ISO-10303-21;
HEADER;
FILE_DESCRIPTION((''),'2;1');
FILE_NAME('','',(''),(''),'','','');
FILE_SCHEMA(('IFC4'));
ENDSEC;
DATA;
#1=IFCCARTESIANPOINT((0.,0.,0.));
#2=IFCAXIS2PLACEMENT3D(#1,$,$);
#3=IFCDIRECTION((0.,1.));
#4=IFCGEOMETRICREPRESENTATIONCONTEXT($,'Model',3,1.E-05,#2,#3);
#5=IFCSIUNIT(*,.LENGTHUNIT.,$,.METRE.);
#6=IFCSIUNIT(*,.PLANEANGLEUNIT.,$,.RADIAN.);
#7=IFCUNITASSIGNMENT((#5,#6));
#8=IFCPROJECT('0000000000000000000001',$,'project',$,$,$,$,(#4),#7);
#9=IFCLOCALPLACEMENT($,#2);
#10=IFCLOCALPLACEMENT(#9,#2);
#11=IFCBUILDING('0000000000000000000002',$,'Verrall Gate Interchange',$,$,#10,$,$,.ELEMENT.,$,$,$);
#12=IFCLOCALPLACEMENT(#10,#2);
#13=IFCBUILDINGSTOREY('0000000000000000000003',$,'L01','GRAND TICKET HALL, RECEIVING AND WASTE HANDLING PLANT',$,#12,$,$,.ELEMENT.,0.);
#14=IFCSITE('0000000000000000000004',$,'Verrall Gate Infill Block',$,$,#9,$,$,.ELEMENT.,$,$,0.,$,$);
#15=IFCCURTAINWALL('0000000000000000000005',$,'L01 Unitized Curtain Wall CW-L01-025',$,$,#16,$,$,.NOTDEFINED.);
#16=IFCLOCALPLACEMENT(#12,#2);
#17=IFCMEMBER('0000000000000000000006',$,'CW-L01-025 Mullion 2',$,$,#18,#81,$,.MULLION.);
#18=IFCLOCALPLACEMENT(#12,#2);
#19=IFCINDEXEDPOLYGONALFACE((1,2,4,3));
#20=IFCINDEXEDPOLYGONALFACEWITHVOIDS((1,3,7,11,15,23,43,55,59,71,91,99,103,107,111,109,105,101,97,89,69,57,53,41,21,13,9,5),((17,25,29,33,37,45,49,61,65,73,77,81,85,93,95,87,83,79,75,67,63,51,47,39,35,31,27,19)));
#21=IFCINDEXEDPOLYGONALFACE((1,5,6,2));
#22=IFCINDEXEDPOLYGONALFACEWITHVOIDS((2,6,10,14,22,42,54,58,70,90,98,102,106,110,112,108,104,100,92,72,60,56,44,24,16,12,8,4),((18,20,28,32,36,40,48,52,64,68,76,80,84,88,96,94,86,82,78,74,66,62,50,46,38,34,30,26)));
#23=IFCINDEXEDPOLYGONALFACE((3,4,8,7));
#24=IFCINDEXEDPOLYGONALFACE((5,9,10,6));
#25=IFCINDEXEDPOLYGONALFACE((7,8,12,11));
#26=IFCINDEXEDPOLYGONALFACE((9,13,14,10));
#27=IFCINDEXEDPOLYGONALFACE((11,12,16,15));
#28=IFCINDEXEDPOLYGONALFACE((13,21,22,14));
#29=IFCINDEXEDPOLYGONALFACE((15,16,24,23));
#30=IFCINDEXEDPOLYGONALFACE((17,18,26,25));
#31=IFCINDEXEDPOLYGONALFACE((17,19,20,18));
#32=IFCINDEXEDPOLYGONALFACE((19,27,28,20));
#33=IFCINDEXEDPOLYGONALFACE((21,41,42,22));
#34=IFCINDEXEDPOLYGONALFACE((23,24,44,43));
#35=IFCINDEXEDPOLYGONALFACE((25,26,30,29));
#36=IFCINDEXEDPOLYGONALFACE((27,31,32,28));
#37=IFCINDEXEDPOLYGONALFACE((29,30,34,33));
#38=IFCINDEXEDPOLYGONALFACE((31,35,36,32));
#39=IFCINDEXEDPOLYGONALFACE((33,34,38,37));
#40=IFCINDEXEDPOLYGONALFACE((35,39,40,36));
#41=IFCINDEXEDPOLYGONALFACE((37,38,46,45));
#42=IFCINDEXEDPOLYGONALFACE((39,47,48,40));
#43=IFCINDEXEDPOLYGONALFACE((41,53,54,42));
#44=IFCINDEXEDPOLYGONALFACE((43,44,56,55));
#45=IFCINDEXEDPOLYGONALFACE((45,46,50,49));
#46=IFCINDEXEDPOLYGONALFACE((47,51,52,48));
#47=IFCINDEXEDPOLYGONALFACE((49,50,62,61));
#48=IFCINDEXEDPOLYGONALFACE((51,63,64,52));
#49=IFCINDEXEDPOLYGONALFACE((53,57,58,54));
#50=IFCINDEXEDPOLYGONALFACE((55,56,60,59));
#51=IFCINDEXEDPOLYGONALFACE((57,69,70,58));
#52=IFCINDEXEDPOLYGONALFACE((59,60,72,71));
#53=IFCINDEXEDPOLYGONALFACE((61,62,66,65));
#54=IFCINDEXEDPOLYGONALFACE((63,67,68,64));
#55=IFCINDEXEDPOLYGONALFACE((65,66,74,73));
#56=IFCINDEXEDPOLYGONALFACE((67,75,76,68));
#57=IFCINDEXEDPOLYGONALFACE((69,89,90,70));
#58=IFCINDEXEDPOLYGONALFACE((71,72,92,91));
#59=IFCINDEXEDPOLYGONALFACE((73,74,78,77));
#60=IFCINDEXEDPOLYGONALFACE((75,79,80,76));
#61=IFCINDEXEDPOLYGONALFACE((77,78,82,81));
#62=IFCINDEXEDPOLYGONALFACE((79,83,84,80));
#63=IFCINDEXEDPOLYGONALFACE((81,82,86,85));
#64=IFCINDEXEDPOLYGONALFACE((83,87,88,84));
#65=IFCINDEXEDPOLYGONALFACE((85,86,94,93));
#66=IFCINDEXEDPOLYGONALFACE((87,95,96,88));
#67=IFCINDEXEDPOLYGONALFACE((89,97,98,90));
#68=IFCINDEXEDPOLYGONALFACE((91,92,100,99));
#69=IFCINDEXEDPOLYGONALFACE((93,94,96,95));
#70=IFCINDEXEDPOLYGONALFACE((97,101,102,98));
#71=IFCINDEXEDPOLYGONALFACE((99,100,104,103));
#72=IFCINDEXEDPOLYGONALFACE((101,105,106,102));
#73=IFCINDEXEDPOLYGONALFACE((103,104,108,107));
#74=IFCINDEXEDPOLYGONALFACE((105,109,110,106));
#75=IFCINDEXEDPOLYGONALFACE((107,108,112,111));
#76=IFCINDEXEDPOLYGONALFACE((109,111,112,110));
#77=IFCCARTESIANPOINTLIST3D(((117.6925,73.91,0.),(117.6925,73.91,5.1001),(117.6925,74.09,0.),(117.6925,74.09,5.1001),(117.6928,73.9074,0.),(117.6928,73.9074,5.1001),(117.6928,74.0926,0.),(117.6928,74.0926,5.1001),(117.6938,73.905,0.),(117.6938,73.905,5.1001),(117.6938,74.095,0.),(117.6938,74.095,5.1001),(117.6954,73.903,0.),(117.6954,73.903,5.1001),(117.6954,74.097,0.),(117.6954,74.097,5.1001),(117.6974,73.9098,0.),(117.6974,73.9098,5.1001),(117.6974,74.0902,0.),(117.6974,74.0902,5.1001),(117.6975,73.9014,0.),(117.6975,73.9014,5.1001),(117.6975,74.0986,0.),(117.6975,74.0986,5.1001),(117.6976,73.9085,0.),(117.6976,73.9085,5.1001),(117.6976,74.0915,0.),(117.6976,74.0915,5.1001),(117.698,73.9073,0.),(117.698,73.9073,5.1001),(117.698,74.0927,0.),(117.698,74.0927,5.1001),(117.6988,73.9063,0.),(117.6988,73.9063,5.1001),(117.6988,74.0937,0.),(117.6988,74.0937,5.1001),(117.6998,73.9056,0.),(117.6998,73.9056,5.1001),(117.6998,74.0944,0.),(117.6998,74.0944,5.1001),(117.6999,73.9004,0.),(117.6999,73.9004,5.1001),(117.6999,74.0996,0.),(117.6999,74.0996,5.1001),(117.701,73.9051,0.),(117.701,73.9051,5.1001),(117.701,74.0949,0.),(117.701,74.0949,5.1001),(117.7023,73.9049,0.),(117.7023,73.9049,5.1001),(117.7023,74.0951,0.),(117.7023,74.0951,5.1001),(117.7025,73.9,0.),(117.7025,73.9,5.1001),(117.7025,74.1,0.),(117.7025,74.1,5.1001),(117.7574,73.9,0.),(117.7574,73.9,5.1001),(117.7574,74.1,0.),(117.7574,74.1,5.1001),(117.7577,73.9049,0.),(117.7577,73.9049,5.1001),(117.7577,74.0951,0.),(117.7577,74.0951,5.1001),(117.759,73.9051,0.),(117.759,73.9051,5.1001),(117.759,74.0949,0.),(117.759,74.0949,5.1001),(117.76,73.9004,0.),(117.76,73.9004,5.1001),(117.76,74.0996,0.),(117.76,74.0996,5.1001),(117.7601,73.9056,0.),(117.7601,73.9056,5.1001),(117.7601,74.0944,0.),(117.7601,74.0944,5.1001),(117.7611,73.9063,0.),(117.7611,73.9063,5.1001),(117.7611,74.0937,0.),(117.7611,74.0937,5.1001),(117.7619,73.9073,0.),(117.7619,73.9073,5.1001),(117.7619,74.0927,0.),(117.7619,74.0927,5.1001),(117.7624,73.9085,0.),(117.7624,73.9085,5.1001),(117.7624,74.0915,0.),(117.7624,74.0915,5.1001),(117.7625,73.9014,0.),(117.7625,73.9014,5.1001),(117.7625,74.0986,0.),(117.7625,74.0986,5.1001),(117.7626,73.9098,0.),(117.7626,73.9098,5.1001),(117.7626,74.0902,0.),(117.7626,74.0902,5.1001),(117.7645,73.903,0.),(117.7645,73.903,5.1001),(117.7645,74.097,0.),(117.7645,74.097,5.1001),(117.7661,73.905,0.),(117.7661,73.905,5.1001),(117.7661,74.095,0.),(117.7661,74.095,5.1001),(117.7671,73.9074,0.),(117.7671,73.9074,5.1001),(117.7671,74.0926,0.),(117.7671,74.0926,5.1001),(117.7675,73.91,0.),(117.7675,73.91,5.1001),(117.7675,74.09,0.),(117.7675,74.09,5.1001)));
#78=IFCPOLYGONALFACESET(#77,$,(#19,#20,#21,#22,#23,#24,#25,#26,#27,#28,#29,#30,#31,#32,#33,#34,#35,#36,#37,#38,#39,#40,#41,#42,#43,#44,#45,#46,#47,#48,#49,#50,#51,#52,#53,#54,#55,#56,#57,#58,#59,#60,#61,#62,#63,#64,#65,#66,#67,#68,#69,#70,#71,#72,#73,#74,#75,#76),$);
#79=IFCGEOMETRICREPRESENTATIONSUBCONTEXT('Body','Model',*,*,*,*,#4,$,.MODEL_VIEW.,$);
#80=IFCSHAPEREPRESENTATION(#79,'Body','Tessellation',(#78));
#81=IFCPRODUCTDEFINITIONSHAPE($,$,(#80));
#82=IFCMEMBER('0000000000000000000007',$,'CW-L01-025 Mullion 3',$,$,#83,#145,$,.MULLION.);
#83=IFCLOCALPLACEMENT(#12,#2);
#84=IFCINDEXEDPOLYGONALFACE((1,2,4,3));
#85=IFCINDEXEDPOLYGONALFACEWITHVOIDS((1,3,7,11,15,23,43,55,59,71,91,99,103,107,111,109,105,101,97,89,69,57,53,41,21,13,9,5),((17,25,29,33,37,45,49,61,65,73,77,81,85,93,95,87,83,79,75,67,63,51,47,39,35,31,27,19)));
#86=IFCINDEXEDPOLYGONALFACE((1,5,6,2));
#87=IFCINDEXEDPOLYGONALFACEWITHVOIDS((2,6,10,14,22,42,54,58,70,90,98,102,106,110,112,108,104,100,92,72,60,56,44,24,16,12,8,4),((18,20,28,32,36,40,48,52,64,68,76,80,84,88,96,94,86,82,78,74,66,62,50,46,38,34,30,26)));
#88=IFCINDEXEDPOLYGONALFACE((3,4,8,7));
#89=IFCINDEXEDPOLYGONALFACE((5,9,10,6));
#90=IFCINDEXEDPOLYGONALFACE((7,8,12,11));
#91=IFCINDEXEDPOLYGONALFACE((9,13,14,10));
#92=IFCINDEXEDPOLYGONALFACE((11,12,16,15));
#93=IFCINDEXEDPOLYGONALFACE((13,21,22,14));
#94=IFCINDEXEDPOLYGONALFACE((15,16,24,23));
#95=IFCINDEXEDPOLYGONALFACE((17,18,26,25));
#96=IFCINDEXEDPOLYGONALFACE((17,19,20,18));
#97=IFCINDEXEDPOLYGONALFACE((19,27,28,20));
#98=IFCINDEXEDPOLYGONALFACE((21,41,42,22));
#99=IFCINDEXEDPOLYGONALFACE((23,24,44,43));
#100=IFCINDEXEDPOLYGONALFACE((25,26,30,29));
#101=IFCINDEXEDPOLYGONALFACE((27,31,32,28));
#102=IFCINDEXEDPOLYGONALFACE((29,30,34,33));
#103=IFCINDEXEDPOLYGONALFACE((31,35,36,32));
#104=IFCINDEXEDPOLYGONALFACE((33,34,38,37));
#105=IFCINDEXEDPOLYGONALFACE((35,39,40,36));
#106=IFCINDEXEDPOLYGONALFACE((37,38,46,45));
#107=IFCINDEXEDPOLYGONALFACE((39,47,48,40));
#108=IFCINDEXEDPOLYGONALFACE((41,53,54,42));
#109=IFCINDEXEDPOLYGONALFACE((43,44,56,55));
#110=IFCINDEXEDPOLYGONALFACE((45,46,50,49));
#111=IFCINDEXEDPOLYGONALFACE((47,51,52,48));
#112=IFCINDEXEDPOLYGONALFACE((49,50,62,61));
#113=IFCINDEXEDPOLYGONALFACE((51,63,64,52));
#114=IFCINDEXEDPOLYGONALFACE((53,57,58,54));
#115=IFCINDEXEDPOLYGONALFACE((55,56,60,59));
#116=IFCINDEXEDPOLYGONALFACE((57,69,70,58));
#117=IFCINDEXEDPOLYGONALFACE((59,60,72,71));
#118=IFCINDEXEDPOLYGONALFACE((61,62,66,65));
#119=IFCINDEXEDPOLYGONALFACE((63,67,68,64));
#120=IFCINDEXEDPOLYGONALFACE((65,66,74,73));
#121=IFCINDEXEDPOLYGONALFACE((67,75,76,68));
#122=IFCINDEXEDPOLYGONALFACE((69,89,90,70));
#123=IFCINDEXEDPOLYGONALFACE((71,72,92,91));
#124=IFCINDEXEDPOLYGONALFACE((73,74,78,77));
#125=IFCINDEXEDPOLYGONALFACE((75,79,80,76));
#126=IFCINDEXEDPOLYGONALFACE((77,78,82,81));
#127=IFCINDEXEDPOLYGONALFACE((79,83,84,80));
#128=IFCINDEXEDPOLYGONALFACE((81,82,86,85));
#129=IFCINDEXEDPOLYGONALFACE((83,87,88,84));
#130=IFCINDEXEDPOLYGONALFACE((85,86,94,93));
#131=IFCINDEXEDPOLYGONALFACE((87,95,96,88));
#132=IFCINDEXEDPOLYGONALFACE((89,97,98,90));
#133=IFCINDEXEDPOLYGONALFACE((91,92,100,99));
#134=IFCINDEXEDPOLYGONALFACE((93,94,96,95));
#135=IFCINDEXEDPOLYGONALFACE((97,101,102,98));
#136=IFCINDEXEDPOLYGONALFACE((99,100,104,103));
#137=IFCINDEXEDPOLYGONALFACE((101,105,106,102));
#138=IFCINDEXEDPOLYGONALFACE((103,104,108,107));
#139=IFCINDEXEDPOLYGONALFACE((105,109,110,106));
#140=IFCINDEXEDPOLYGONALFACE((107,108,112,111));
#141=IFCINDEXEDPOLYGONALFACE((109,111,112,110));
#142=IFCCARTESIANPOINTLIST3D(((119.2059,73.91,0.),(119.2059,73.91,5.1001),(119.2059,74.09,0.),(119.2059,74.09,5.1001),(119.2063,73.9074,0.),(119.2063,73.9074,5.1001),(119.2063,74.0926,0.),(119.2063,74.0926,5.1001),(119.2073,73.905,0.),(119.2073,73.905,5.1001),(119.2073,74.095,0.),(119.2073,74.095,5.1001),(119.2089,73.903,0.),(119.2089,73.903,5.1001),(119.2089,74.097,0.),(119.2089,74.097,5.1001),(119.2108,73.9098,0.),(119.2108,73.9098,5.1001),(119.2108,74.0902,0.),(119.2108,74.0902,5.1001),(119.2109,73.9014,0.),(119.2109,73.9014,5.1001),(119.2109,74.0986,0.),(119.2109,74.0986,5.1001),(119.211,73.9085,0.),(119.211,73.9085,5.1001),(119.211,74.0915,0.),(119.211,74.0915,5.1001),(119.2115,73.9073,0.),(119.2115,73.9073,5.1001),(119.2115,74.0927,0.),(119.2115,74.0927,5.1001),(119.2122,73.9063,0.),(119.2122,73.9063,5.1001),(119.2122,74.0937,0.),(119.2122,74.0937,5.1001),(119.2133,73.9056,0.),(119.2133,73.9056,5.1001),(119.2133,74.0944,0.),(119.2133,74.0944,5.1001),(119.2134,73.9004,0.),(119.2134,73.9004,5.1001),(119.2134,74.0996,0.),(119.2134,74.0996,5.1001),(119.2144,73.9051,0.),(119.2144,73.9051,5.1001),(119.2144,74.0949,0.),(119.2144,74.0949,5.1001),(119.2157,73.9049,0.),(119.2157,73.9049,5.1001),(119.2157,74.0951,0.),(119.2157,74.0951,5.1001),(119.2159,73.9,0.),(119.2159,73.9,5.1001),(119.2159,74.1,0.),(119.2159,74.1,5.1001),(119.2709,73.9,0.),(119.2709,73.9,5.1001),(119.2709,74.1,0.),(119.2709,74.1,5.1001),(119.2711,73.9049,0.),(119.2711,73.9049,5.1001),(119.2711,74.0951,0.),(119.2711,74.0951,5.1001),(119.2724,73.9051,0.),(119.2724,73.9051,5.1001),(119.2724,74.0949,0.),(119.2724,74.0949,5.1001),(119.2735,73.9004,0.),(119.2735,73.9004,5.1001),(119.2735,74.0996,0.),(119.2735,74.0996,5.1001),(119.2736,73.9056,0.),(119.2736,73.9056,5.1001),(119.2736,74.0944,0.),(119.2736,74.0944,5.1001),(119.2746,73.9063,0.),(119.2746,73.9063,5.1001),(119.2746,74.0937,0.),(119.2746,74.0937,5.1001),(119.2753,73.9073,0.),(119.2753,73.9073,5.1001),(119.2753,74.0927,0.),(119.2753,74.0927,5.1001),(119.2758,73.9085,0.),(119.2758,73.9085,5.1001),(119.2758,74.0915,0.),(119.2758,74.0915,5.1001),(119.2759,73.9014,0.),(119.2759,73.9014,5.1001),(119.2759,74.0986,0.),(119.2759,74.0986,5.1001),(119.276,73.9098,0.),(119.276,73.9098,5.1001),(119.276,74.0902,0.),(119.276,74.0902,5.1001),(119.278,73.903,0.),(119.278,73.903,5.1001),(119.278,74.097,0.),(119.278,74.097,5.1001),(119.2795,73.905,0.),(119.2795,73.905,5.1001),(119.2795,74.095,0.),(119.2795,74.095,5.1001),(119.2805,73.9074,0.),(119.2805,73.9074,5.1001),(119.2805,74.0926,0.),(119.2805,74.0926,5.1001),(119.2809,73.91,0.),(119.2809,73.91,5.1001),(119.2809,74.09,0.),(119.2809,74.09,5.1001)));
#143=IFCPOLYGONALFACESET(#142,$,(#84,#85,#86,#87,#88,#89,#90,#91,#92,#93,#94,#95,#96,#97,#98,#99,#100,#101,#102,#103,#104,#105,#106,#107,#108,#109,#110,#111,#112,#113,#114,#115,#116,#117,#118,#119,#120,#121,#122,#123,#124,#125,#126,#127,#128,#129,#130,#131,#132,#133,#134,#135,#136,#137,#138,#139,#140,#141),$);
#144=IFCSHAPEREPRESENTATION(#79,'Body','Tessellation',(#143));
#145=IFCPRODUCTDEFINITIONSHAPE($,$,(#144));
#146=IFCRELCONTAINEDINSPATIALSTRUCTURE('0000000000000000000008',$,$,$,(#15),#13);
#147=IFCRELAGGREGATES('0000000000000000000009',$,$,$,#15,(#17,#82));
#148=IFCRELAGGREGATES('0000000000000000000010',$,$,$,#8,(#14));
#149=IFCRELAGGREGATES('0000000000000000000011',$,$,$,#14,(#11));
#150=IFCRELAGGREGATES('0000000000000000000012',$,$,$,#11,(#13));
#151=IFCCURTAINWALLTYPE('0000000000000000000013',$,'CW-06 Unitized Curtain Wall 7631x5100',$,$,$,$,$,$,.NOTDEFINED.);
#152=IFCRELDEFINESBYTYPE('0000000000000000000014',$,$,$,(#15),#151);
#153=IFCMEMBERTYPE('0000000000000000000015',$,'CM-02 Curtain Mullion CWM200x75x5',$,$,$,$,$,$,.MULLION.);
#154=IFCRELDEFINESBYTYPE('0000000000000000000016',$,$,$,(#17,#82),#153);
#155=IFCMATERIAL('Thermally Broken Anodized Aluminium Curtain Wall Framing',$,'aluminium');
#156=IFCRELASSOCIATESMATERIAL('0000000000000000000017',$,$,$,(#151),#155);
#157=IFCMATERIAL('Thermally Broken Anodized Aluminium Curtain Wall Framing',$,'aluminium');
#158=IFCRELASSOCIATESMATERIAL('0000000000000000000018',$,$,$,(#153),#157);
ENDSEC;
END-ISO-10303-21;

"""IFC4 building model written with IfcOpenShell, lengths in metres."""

from ifc_helpers import new_model, si_unit, direction, frame, origin, origin_2d, place, context, subcontext, project, spatial, hollow_rectangle, extrude, material, material_profile, profile_set, type_object, element, aggregate, save


model = new_model("IFC4")

# Units and contexts
model_context = context("Model", 3, precision=1e-05, world=origin(), true_north=direction((0.0, 1.0)))
body_context = subcontext(model_context, "Body", "Model", "MODEL_VIEW")
ifc_project = project(units=[si_unit("LENGTHUNIT", "METRE"), si_unit("PLANEANGLEUNIT", "RADIAN")], contexts=[model_context])

# Site, building, storey
site_placement = place(None, origin())
site = spatial("IfcSite", under=ifc_project, at=site_placement, Name="Verrall Gate Infill Block", CompositionType="ELEMENT", RefElevation=0.0)
building_placement = place(site_placement, origin())
building = spatial("IfcBuilding", under=site, at=building_placement, Name="Verrall Gate Interchange", CompositionType="ELEMENT")
storey_placement = place(building_placement, origin())
storey = spatial("IfcBuildingStorey", under=building, at=storey_placement, Name="L01", Description="GRAND TICKET HALL, RECEIVING AND WASTE HANDLING PLANT", CompositionType="ELEMENT", Elevation=0.0)

# Shared definitions
ifc_material_1 = material(Name="Thermally Broken Anodized Aluminium Curtain Wall Framing", Category="aluminium")
curtain_wall_type = type_object("IfcCurtainWallType", Name="CW-06 Unitized Curtain Wall 7631x5100", PredefinedType="NOTDEFINED", material=ifc_material_1)

# Curtain wall, members
curtain_wall_1_placement = place(storey_placement, origin())
curtain_wall_1 = element("IfcCurtainWall", 1, at=curtain_wall_1_placement, inside=storey, type_object=curtain_wall_type, Name="L01 Unitized Curtain Wall CW-L01-025", PredefinedType="NOTDEFINED")
ifc_material_2 = material(Name="Thermally Broken Anodized Aluminium Curtain Wall Framing", Category="aluminium")
ifc_material_profile_1 = material_profile(ifc_material_2, hollow_rectangle(XDim=0.075, YDim=0.2, WallThickness=0.0049, InnerFilletRadius=0.0049, OuterFilletRadius=0.01, at=origin_2d()), Name="CWM200x75x5")
ifc_profile_set_1 = profile_set([ifc_material_profile_1], Name="Thermally Broken Anodized Aluminium Curtain Wall Framing")
member_type_1 = type_object("IfcMemberType", Name="CM-02 Curtain Mullion CWM200x75x5", PredefinedType="MULLION", material=ifc_profile_set_1)
member_1_placement = place(storey_placement, frame((117.73, 74.0, 0.0), z_axis=(0.0, 0.0, 1.0), x_axis=(1.0, 0.0, 0.0)))
member_1 = element("IfcMember", 2, at=member_1_placement, type_object=member_type_1, Name="CW-L01-025 Mullion 2", PredefinedType="MULLION", context=body_context, shape_type="SweptSolid", body=[
    extrude(hollow_rectangle(XDim=0.075, YDim=0.2, WallThickness=0.0049, InnerFilletRadius=0.0049, OuterFilletRadius=0.01, at=origin_2d()), origin(), (0.0, 0.0, 1.0), 5.1001),
])
member_2_placement = place(storey_placement, frame((119.2434, 74.0, 0.0), z_axis=(0.0, 0.0, 1.0), x_axis=(1.0, 0.0, 0.0)))
member_2 = element("IfcMember", 3, at=member_2_placement, type_object=member_type_1, Name="CW-L01-025 Mullion 3", PredefinedType="MULLION", context=body_context, shape_type="SweptSolid", body=[
    extrude(hollow_rectangle(XDim=0.075, YDim=0.2, WallThickness=0.0049, InnerFilletRadius=0.0049, OuterFilletRadius=0.01, at=origin_2d()), origin(), (0.0, 0.0, 1.0), 5.1001),
])

aggregate(curtain_wall_1, [member_1, member_2])

save(model, "model.ifc")
